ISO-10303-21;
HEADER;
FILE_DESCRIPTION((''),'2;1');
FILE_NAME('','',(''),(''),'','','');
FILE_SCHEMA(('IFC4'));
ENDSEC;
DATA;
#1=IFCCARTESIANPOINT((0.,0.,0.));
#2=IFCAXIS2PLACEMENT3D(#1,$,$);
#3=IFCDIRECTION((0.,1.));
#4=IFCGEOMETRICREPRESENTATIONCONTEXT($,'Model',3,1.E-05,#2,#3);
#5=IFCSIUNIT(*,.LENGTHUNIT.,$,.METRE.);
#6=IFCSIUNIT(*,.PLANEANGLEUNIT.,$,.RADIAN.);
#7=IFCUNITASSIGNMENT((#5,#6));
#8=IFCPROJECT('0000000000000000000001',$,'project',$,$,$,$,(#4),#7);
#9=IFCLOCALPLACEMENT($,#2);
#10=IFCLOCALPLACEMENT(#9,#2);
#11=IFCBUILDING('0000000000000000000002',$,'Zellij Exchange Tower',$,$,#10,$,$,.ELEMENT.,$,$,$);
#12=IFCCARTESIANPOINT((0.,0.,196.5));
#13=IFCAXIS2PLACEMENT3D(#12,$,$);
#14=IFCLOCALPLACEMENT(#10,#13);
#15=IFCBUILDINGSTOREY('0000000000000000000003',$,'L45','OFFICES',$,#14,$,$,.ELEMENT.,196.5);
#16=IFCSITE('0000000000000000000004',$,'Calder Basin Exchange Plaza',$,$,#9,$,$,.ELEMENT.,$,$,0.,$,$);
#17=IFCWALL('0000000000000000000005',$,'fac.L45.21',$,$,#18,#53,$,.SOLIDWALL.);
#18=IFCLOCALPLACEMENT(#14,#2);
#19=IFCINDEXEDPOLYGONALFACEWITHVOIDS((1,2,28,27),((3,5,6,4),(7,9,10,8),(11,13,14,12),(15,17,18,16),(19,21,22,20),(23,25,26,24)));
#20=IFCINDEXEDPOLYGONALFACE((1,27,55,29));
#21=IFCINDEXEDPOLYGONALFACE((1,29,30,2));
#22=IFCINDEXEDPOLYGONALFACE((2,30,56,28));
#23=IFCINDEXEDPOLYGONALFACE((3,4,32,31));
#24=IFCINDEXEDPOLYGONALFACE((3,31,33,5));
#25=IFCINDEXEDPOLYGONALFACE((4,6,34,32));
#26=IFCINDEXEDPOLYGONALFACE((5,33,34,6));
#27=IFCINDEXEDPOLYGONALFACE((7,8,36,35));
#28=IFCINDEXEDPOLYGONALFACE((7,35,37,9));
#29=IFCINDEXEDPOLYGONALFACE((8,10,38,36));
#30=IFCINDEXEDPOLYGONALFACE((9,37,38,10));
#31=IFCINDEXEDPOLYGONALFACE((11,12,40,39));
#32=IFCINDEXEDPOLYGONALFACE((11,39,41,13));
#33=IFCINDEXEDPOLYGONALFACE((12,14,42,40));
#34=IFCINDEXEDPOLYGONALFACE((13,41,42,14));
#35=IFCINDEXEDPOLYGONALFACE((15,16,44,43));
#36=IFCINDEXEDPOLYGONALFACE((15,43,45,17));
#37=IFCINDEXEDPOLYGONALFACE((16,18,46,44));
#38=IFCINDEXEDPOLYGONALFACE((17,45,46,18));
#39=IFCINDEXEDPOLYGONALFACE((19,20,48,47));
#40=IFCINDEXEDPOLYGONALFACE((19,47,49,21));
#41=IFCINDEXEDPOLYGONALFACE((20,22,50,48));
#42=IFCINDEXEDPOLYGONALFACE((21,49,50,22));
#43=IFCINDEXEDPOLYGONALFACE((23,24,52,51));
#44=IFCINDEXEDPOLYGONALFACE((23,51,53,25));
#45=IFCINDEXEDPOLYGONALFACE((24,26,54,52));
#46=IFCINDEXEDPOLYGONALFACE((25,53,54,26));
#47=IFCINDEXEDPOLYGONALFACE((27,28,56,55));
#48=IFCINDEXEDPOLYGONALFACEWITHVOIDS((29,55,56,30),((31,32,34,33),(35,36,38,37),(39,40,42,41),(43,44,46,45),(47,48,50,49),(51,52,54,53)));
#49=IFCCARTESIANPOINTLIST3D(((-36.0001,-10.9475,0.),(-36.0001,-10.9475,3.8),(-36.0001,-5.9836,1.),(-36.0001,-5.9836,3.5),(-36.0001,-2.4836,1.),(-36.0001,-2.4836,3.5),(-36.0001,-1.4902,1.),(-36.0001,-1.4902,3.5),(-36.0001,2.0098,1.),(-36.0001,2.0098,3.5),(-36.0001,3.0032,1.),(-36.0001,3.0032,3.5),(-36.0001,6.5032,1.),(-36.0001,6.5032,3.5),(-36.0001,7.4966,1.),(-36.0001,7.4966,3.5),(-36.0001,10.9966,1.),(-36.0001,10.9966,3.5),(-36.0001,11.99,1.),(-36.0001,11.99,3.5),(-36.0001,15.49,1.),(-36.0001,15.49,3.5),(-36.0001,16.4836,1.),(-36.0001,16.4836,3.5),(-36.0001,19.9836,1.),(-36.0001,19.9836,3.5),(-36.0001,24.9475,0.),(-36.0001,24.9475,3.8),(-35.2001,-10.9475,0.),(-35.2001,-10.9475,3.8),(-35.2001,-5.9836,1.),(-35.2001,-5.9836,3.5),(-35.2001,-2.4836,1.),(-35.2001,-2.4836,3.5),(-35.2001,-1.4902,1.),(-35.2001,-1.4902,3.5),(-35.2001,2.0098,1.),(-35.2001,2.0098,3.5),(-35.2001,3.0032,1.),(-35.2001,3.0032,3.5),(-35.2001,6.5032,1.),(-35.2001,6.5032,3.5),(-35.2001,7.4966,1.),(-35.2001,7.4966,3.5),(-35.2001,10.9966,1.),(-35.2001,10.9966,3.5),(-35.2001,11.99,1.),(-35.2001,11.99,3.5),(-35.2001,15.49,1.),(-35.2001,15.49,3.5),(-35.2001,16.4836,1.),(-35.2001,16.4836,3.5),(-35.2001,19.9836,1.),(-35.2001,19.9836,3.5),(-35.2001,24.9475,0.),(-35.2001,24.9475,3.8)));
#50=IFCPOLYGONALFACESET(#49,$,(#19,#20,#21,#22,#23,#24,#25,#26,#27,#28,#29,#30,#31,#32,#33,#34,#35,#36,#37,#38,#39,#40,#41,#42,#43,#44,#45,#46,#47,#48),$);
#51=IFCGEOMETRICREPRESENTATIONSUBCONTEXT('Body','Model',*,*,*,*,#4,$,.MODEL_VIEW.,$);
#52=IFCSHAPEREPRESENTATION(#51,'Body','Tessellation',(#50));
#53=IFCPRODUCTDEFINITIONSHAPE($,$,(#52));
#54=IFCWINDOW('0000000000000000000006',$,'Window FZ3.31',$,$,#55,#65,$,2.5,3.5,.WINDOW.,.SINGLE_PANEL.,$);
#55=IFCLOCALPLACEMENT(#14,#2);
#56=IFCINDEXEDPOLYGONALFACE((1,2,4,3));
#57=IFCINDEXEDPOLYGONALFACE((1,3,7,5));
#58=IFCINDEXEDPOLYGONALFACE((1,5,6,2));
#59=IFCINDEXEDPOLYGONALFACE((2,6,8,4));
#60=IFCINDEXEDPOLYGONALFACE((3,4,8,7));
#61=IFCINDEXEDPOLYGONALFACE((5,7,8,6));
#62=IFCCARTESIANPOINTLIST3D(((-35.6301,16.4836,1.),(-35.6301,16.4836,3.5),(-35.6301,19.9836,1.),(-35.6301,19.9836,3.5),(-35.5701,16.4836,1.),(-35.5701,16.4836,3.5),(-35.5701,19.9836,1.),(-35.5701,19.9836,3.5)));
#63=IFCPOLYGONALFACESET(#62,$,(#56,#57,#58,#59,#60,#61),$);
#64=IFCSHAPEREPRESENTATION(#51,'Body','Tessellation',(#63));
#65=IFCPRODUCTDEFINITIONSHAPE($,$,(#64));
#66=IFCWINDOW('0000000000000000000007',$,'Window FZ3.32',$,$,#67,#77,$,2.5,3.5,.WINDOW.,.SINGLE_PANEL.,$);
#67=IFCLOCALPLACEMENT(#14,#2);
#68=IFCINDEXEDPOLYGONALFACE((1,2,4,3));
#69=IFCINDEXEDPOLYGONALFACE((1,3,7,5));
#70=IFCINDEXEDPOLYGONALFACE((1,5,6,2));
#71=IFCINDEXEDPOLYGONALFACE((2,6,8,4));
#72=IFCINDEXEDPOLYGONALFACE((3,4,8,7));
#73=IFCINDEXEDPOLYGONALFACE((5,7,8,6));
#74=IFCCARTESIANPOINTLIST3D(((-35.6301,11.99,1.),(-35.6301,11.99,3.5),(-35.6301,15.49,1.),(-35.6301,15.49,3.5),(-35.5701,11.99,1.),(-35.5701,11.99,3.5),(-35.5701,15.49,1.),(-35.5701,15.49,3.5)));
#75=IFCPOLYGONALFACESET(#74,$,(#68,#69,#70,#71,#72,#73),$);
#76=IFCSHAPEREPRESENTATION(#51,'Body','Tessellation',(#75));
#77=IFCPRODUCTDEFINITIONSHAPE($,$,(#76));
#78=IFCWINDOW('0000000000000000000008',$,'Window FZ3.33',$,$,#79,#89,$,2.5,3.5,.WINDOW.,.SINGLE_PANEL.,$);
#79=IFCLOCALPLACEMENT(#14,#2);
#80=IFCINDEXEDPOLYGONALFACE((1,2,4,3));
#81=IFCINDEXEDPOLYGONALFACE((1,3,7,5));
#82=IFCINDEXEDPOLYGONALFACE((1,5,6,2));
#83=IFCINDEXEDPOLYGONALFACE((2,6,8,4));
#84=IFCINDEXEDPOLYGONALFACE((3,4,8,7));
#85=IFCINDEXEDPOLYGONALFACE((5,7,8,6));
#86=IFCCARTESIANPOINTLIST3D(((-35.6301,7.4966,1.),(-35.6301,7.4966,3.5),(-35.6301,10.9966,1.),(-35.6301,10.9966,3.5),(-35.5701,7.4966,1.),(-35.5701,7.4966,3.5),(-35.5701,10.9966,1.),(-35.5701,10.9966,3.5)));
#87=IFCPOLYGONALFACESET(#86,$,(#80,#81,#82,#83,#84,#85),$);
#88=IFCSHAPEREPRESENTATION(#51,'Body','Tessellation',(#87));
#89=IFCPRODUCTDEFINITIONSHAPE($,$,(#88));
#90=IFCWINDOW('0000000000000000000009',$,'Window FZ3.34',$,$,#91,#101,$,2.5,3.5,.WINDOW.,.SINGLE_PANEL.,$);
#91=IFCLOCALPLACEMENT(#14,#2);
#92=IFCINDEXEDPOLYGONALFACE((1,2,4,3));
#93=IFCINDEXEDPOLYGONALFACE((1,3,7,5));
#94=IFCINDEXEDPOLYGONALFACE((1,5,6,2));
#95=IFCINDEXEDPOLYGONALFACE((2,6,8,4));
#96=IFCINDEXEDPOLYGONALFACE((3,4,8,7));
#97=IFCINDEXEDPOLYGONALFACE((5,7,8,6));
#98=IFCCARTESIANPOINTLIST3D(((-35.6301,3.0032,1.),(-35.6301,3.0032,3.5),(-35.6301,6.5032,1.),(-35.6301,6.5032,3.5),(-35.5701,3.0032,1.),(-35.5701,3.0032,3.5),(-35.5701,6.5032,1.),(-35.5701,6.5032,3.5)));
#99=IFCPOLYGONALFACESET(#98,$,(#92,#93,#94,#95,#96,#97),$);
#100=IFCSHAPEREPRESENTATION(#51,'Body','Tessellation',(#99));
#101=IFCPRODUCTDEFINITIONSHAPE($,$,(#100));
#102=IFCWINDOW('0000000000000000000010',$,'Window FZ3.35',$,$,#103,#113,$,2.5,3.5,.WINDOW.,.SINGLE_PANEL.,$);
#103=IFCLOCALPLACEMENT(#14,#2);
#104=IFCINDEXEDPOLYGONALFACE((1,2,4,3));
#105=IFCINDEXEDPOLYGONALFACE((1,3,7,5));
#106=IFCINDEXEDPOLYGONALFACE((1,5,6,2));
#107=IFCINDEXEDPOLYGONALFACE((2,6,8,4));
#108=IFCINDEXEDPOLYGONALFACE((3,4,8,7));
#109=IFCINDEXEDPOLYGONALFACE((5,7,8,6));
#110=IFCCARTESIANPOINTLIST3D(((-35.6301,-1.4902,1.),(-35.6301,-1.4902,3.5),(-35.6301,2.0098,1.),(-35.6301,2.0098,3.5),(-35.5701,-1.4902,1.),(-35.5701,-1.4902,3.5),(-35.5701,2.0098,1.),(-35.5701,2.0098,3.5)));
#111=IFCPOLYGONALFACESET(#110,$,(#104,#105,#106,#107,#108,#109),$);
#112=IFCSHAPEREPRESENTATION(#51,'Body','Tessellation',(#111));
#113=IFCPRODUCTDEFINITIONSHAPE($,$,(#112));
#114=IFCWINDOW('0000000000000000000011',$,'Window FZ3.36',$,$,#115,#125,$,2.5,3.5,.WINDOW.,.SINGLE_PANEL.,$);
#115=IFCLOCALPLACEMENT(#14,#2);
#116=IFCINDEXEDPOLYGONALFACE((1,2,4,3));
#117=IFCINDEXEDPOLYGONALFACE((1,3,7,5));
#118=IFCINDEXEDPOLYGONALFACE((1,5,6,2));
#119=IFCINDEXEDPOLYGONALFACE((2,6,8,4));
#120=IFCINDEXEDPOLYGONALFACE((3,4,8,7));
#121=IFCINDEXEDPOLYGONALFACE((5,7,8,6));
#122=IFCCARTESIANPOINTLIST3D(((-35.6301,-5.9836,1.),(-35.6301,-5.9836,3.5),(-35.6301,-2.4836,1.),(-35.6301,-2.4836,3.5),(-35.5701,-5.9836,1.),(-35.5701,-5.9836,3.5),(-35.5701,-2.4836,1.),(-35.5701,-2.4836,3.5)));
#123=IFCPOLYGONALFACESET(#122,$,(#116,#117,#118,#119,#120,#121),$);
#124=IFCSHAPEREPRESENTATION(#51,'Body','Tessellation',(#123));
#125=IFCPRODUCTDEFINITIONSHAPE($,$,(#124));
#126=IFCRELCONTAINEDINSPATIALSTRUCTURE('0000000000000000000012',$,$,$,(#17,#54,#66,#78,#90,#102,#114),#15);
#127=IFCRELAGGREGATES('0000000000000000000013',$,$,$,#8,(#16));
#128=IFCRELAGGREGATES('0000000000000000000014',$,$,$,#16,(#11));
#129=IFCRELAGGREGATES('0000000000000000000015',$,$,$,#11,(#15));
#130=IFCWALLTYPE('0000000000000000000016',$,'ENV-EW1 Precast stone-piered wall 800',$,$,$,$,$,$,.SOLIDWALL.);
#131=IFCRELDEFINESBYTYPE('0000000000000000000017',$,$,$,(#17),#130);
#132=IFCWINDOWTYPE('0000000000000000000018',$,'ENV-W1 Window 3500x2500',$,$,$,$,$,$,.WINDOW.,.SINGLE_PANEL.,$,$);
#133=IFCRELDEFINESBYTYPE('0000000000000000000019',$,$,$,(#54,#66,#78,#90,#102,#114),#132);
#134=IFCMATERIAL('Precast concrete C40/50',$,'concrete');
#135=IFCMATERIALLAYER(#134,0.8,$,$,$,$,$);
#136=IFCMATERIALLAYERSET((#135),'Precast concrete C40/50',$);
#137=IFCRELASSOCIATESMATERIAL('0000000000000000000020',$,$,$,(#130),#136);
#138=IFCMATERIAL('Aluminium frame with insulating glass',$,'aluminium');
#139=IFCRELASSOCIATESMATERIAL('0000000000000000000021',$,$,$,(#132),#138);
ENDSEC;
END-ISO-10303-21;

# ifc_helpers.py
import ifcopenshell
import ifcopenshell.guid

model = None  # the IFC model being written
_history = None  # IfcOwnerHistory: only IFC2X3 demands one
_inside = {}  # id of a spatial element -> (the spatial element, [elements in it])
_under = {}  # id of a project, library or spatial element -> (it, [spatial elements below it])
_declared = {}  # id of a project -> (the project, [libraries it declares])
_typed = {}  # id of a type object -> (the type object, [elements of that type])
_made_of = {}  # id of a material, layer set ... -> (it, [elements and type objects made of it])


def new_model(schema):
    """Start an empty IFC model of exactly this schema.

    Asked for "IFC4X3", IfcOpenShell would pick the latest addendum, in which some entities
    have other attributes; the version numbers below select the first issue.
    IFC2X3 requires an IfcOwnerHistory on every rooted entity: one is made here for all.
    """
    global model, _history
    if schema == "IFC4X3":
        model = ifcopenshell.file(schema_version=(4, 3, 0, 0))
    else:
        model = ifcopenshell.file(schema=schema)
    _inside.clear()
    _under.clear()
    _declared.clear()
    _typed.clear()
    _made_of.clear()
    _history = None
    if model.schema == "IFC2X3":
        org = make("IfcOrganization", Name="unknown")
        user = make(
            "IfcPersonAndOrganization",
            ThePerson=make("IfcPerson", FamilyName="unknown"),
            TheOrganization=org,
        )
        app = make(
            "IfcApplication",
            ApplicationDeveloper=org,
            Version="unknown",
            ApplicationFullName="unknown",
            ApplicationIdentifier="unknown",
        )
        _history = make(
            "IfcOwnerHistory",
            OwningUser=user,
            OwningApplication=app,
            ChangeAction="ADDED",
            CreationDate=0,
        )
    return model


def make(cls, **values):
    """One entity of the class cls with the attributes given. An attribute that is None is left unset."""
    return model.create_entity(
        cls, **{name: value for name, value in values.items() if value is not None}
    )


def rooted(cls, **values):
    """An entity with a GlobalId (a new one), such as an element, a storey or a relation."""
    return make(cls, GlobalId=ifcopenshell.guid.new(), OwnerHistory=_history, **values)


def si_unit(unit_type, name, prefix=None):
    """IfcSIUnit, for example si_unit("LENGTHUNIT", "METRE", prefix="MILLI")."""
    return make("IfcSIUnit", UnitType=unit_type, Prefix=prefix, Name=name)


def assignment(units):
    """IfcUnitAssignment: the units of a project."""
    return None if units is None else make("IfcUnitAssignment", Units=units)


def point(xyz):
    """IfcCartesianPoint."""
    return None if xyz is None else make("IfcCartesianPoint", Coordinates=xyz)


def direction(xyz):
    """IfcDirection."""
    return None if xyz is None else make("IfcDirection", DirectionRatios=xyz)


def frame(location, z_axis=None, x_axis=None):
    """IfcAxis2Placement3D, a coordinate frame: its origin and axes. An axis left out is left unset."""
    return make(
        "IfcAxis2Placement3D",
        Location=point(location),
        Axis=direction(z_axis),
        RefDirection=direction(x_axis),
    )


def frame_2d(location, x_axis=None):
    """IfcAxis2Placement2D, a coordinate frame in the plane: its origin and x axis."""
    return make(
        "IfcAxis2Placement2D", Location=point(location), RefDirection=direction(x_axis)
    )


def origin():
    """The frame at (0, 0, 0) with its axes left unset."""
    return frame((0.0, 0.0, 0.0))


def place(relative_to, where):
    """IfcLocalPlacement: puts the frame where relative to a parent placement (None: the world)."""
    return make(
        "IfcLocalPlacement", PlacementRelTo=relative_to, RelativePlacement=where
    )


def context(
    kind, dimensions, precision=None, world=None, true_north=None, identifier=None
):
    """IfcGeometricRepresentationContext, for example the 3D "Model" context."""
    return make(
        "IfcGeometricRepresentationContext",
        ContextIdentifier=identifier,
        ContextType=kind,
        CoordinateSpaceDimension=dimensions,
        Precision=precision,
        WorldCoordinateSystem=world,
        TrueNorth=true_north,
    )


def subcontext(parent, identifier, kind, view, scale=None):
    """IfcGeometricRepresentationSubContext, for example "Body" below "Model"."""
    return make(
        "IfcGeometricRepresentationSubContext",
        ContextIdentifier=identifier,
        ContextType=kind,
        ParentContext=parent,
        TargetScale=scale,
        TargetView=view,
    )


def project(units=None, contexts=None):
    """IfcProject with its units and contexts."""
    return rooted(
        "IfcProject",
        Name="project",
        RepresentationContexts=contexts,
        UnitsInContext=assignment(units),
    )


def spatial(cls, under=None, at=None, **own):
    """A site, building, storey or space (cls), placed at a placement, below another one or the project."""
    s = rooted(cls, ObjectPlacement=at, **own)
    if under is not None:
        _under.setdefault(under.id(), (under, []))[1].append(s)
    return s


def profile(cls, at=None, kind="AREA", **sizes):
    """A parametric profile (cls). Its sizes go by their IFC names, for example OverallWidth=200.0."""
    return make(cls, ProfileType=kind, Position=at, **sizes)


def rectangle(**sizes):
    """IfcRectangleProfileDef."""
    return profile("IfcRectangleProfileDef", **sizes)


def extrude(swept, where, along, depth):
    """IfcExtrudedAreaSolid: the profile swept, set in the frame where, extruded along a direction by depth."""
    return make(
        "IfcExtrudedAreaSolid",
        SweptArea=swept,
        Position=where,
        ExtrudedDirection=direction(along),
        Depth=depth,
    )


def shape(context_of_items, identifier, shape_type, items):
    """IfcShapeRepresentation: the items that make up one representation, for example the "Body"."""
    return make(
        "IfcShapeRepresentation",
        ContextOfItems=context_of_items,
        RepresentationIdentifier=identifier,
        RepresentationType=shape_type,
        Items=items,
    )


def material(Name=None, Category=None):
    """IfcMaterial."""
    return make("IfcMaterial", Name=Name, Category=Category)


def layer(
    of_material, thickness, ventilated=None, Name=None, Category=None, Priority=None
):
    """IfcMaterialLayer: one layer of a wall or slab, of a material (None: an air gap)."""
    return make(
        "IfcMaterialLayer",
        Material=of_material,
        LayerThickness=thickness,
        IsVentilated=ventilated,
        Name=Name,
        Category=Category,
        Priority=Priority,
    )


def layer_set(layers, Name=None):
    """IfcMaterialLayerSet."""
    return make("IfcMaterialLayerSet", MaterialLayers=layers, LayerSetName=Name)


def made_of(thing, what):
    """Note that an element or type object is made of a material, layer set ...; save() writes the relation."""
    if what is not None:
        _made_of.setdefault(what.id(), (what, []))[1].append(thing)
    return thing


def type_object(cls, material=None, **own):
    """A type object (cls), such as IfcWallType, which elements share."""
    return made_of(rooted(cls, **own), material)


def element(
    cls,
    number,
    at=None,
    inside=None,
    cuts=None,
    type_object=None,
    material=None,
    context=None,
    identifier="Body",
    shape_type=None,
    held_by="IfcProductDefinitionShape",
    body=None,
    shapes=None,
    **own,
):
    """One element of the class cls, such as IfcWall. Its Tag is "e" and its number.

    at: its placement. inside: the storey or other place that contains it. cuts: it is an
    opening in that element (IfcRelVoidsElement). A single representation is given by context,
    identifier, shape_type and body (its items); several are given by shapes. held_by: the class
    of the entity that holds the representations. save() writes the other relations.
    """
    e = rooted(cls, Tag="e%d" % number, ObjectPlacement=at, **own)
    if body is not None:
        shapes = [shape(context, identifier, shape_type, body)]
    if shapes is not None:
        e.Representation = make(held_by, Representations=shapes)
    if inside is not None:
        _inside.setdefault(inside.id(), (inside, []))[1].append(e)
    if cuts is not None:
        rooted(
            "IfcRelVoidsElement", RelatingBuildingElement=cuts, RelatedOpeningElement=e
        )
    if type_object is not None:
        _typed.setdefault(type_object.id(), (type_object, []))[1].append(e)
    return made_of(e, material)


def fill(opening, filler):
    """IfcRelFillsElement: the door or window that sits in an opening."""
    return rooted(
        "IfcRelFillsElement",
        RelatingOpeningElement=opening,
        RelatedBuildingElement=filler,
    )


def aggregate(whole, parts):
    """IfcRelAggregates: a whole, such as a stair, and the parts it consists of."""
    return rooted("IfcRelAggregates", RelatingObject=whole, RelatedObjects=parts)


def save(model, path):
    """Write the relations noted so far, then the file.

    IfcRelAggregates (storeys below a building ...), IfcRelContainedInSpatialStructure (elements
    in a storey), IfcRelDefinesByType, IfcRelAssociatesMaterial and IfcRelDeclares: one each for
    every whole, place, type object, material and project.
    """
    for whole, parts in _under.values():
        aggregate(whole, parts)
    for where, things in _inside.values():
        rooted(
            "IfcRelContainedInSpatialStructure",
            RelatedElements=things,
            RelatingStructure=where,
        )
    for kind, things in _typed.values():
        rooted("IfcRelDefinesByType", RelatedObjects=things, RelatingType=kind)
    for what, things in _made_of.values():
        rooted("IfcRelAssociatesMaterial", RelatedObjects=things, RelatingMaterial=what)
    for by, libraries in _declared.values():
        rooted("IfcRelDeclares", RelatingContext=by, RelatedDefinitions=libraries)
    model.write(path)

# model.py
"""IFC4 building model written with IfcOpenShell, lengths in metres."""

from ifc_helpers import new_model, si_unit, direction, frame, frame_2d, origin, place, context, subcontext, project, spatial, rectangle, extrude, material, layer, layer_set, type_object, element, fill, save


model = new_model("IFC4")

# Units and contexts
model_context = context("Model", 3, precision=1e-05, world=origin(), true_north=direction((0.0, 1.0)))
body_context = subcontext(model_context, "Body", "Model", "MODEL_VIEW")
ifc_project = project(units=[si_unit("LENGTHUNIT", "METRE"), si_unit("PLANEANGLEUNIT", "RADIAN")], contexts=[model_context])

# Site, building, storey
site_placement = place(None, origin())
site = spatial("IfcSite", under=ifc_project, at=site_placement, Name="Calder Basin Exchange Plaza", CompositionType="ELEMENT", RefElevation=0.0)
building_placement = place(site_placement, origin())
building = spatial("IfcBuilding", under=site, at=building_placement, Name="Zellij Exchange Tower", CompositionType="ELEMENT")
storey_placement = place(building_placement, frame((0.0, 0.0, 196.5)))
storey = spatial("IfcBuildingStorey", under=building, at=storey_placement, Name="L45", Description="OFFICES", CompositionType="ELEMENT", Elevation=196.5)

# Shared definitions
ifc_material_1 = material(Name="Precast concrete C40/50", Category="concrete")
ifc_layer_1 = layer(ifc_material_1, 0.8)
ifc_layer_set_1 = layer_set([ifc_layer_1], Name="Precast concrete C40/50")
wall_type = type_object("IfcWallType", Name="ENV-EW1 Precast stone-piered wall 800", PredefinedType="SOLIDWALL", material=ifc_layer_set_1)

# Wall, openings, windows
wall_1_placement = place(storey_placement, frame((-35.6001, 24.9475, 0.0), z_axis=(0.0, 0.0, 1.0), x_axis=(0.0, -1.0, 0.0)))
wall_1 = element("IfcWall", 1, at=wall_1_placement, inside=storey, type_object=wall_type, Name="fac.L45.21", PredefinedType="SOLIDWALL", context=body_context, shape_type="SweptSolid", body=[
    extrude(rectangle(XDim=35.895, YDim=0.8, at=frame_2d((17.9475, 0.0))), origin(), (0.0, 0.0, 1.0), 3.8),
])
opening_1_placement = place(wall_1_placement, frame((4.9639, 0.0, 1.0)))
opening_1 = element("IfcOpeningElement", 2, at=opening_1_placement, cuts=wall_1, PredefinedType="OPENING", context=body_context, shape_type="SweptSolid", body=[
    extrude(rectangle(XDim=3.5, YDim=2.5, at=frame_2d((1.75, 1.25))), frame((0.0, 0.4121, 0.0), z_axis=(0.0, -1.0, 0.0), x_axis=(1.0, 0.0, 0.0)), (0.0, 0.0, 1.0), 0.824),
])
opening_2_placement = place(wall_1_placement, frame((9.4575, 0.0, 1.0)))
opening_2 = element("IfcOpeningElement", 3, at=opening_2_placement, cuts=wall_1, PredefinedType="OPENING", context=body_context, shape_type="SweptSolid", body=[
    extrude(rectangle(XDim=3.5, YDim=2.5, at=frame_2d((1.75, 1.25))), frame((0.0, 0.4121, 0.0), z_axis=(0.0, -1.0, 0.0), x_axis=(1.0, 0.0, 0.0)), (0.0, 0.0, 1.0), 0.824),
])
opening_3_placement = place(wall_1_placement, frame((13.9509, 0.0, 1.0)))
opening_3 = element("IfcOpeningElement", 4, at=opening_3_placement, cuts=wall_1, PredefinedType="OPENING", context=body_context, shape_type="SweptSolid", body=[
    extrude(rectangle(XDim=3.5, YDim=2.5, at=frame_2d((1.75, 1.25))), frame((0.0, 0.4121, 0.0), z_axis=(0.0, -1.0, 0.0), x_axis=(1.0, 0.0, 0.0)), (0.0, 0.0, 1.0), 0.824),
])
opening_4_placement = place(wall_1_placement, frame((18.4443, 0.0, 1.0)))
opening_4 = element("IfcOpeningElement", 5, at=opening_4_placement, cuts=wall_1, PredefinedType="OPENING", context=body_context, shape_type="SweptSolid", body=[
    extrude(rectangle(XDim=3.5, YDim=2.5, at=frame_2d((1.75, 1.25))), frame((0.0, 0.4121, 0.0), z_axis=(0.0, -1.0, 0.0), x_axis=(1.0, 0.0, 0.0)), (0.0, 0.0, 1.0), 0.824),
])
opening_5_placement = place(wall_1_placement, frame((22.9377, 0.0, 1.0)))
opening_5 = element("IfcOpeningElement", 6, at=opening_5_placement, cuts=wall_1, PredefinedType="OPENING", context=body_context, shape_type="SweptSolid", body=[
    extrude(rectangle(XDim=3.5, YDim=2.5, at=frame_2d((1.75, 1.25))), frame((0.0, 0.4121, 0.0), z_axis=(0.0, -1.0, 0.0), x_axis=(1.0, 0.0, 0.0)), (0.0, 0.0, 1.0), 0.824),
])
opening_6_placement = place(wall_1_placement, frame((27.4312, 0.0, 1.0)))
opening_6 = element("IfcOpeningElement", 7, at=opening_6_placement, cuts=wall_1, PredefinedType="OPENING", context=body_context, shape_type="SweptSolid", body=[
    extrude(rectangle(XDim=3.5, YDim=2.5, at=frame_2d((1.75, 1.25))), frame((0.0, 0.4121, 0.0), z_axis=(0.0, -1.0, 0.0), x_axis=(1.0, 0.0, 0.0)), (0.0, 0.0, 1.0), 0.824),
])
ifc_material_2 = material(Name="Aluminium frame with insulating glass", Category="aluminium")
window_type = type_object("IfcWindowType", Name="ENV-W1 Window 3500x2500", PartitioningType="SINGLE_PANEL", PredefinedType="WINDOW", material=ifc_material_2)
window_1_placement = place(opening_1_placement, origin())
window_1 = element("IfcWindow", 8, at=window_1_placement, inside=storey, type_object=window_type, Name="Window FZ3.31", OverallHeight=2.5, OverallWidth=3.5, PartitioningType="SINGLE_PANEL", PredefinedType="WINDOW", context=body_context, shape_type="SweptSolid", body=[
    extrude(rectangle(XDim=3.5, YDim=2.5, at=frame_2d((1.75, 1.25))), frame((0.0, 0.03, 0.0), z_axis=(0.0, -1.0, 0.0), x_axis=(1.0, 0.0, 0.0)), (0.0, 0.0, 1.0), 0.0601),
])
fill(opening_1, window_1)
window_2_placement = place(opening_2_placement, origin())
window_2 = element("IfcWindow", 9, at=window_2_placement, inside=storey, type_object=window_type, Name="Window FZ3.32", OverallHeight=2.5, OverallWidth=3.5, PartitioningType="SINGLE_PANEL", PredefinedType="WINDOW", context=body_context, shape_type="SweptSolid", body=[
    extrude(rectangle(XDim=3.5, YDim=2.5, at=frame_2d((1.75, 1.25))), frame((0.0, 0.03, 0.0), z_axis=(0.0, -1.0, 0.0), x_axis=(1.0, 0.0, 0.0)), (0.0, 0.0, 1.0), 0.0601),
])
fill(opening_2, window_2)
window_3_placement = place(opening_3_placement, origin())
window_3 = element("IfcWindow", 10, at=window_3_placement, inside=storey, type_object=window_type, Name="Window FZ3.33", OverallHeight=2.5, OverallWidth=3.5, PartitioningType="SINGLE_PANEL", PredefinedType="WINDOW", context=body_context, shape_type="SweptSolid", body=[
    extrude(rectangle(XDim=3.5, YDim=2.5, at=frame_2d((1.75, 1.25))), frame((0.0, 0.03, 0.0), z_axis=(0.0, -1.0, 0.0), x_axis=(1.0, 0.0, 0.0)), (0.0, 0.0, 1.0), 0.0601),
])
fill(opening_3, window_3)
window_4_placement = place(opening_4_placement, origin())
window_4 = element("IfcWindow", 11, at=window_4_placement, inside=storey, type_object=window_type, Name="Window FZ3.34", OverallHeight=2.5, OverallWidth=3.5, PartitioningType="SINGLE_PANEL", PredefinedType="WINDOW", context=body_context, shape_type="SweptSolid", body=[
    extrude(rectangle(XDim=3.5, YDim=2.5, at=frame_2d((1.75, 1.25))), frame((0.0, 0.03, 0.0), z_axis=(0.0, -1.0, 0.0), x_axis=(1.0, 0.0, 0.0)), (0.0, 0.0, 1.0), 0.0601),
])
fill(opening_4, window_4)
window_5_placement = place(opening_5_placement, origin())
window_5 = element("IfcWindow", 12, at=window_5_placement, inside=storey, type_object=window_type, Name="Window FZ3.35", OverallHeight=2.5, OverallWidth=3.5, PartitioningType="SINGLE_PANEL", PredefinedType="WINDOW", context=body_context, shape_type="SweptSolid", body=[
    extrude(rectangle(XDim=3.5, YDim=2.5, at=frame_2d((1.75, 1.25))), frame((0.0, 0.03, 0.0), z_axis=(0.0, -1.0, 0.0), x_axis=(1.0, 0.0, 0.0)), (0.0, 0.0, 1.0), 0.0601),
])
fill(opening_5, window_5)
window_6_placement = place(opening_6_placement, origin())
window_6 = element("IfcWindow", 13, at=window_6_placement, inside=storey, type_object=window_type, Name="Window FZ3.36", OverallHeight=2.5, OverallWidth=3.5, PartitioningType="SINGLE_PANEL", PredefinedType="WINDOW", context=body_context, shape_type="SweptSolid", body=[
    extrude(rectangle(XDim=3.5, YDim=2.5, at=frame_2d((1.75, 1.25))), frame((0.0, 0.03, 0.0), z_axis=(0.0, -1.0, 0.0), x_axis=(1.0, 0.0, 0.0)), (0.0, 0.0, 1.0), 0.0601),
])
fill(opening_6, window_6)

save(model, "model.ifc")
